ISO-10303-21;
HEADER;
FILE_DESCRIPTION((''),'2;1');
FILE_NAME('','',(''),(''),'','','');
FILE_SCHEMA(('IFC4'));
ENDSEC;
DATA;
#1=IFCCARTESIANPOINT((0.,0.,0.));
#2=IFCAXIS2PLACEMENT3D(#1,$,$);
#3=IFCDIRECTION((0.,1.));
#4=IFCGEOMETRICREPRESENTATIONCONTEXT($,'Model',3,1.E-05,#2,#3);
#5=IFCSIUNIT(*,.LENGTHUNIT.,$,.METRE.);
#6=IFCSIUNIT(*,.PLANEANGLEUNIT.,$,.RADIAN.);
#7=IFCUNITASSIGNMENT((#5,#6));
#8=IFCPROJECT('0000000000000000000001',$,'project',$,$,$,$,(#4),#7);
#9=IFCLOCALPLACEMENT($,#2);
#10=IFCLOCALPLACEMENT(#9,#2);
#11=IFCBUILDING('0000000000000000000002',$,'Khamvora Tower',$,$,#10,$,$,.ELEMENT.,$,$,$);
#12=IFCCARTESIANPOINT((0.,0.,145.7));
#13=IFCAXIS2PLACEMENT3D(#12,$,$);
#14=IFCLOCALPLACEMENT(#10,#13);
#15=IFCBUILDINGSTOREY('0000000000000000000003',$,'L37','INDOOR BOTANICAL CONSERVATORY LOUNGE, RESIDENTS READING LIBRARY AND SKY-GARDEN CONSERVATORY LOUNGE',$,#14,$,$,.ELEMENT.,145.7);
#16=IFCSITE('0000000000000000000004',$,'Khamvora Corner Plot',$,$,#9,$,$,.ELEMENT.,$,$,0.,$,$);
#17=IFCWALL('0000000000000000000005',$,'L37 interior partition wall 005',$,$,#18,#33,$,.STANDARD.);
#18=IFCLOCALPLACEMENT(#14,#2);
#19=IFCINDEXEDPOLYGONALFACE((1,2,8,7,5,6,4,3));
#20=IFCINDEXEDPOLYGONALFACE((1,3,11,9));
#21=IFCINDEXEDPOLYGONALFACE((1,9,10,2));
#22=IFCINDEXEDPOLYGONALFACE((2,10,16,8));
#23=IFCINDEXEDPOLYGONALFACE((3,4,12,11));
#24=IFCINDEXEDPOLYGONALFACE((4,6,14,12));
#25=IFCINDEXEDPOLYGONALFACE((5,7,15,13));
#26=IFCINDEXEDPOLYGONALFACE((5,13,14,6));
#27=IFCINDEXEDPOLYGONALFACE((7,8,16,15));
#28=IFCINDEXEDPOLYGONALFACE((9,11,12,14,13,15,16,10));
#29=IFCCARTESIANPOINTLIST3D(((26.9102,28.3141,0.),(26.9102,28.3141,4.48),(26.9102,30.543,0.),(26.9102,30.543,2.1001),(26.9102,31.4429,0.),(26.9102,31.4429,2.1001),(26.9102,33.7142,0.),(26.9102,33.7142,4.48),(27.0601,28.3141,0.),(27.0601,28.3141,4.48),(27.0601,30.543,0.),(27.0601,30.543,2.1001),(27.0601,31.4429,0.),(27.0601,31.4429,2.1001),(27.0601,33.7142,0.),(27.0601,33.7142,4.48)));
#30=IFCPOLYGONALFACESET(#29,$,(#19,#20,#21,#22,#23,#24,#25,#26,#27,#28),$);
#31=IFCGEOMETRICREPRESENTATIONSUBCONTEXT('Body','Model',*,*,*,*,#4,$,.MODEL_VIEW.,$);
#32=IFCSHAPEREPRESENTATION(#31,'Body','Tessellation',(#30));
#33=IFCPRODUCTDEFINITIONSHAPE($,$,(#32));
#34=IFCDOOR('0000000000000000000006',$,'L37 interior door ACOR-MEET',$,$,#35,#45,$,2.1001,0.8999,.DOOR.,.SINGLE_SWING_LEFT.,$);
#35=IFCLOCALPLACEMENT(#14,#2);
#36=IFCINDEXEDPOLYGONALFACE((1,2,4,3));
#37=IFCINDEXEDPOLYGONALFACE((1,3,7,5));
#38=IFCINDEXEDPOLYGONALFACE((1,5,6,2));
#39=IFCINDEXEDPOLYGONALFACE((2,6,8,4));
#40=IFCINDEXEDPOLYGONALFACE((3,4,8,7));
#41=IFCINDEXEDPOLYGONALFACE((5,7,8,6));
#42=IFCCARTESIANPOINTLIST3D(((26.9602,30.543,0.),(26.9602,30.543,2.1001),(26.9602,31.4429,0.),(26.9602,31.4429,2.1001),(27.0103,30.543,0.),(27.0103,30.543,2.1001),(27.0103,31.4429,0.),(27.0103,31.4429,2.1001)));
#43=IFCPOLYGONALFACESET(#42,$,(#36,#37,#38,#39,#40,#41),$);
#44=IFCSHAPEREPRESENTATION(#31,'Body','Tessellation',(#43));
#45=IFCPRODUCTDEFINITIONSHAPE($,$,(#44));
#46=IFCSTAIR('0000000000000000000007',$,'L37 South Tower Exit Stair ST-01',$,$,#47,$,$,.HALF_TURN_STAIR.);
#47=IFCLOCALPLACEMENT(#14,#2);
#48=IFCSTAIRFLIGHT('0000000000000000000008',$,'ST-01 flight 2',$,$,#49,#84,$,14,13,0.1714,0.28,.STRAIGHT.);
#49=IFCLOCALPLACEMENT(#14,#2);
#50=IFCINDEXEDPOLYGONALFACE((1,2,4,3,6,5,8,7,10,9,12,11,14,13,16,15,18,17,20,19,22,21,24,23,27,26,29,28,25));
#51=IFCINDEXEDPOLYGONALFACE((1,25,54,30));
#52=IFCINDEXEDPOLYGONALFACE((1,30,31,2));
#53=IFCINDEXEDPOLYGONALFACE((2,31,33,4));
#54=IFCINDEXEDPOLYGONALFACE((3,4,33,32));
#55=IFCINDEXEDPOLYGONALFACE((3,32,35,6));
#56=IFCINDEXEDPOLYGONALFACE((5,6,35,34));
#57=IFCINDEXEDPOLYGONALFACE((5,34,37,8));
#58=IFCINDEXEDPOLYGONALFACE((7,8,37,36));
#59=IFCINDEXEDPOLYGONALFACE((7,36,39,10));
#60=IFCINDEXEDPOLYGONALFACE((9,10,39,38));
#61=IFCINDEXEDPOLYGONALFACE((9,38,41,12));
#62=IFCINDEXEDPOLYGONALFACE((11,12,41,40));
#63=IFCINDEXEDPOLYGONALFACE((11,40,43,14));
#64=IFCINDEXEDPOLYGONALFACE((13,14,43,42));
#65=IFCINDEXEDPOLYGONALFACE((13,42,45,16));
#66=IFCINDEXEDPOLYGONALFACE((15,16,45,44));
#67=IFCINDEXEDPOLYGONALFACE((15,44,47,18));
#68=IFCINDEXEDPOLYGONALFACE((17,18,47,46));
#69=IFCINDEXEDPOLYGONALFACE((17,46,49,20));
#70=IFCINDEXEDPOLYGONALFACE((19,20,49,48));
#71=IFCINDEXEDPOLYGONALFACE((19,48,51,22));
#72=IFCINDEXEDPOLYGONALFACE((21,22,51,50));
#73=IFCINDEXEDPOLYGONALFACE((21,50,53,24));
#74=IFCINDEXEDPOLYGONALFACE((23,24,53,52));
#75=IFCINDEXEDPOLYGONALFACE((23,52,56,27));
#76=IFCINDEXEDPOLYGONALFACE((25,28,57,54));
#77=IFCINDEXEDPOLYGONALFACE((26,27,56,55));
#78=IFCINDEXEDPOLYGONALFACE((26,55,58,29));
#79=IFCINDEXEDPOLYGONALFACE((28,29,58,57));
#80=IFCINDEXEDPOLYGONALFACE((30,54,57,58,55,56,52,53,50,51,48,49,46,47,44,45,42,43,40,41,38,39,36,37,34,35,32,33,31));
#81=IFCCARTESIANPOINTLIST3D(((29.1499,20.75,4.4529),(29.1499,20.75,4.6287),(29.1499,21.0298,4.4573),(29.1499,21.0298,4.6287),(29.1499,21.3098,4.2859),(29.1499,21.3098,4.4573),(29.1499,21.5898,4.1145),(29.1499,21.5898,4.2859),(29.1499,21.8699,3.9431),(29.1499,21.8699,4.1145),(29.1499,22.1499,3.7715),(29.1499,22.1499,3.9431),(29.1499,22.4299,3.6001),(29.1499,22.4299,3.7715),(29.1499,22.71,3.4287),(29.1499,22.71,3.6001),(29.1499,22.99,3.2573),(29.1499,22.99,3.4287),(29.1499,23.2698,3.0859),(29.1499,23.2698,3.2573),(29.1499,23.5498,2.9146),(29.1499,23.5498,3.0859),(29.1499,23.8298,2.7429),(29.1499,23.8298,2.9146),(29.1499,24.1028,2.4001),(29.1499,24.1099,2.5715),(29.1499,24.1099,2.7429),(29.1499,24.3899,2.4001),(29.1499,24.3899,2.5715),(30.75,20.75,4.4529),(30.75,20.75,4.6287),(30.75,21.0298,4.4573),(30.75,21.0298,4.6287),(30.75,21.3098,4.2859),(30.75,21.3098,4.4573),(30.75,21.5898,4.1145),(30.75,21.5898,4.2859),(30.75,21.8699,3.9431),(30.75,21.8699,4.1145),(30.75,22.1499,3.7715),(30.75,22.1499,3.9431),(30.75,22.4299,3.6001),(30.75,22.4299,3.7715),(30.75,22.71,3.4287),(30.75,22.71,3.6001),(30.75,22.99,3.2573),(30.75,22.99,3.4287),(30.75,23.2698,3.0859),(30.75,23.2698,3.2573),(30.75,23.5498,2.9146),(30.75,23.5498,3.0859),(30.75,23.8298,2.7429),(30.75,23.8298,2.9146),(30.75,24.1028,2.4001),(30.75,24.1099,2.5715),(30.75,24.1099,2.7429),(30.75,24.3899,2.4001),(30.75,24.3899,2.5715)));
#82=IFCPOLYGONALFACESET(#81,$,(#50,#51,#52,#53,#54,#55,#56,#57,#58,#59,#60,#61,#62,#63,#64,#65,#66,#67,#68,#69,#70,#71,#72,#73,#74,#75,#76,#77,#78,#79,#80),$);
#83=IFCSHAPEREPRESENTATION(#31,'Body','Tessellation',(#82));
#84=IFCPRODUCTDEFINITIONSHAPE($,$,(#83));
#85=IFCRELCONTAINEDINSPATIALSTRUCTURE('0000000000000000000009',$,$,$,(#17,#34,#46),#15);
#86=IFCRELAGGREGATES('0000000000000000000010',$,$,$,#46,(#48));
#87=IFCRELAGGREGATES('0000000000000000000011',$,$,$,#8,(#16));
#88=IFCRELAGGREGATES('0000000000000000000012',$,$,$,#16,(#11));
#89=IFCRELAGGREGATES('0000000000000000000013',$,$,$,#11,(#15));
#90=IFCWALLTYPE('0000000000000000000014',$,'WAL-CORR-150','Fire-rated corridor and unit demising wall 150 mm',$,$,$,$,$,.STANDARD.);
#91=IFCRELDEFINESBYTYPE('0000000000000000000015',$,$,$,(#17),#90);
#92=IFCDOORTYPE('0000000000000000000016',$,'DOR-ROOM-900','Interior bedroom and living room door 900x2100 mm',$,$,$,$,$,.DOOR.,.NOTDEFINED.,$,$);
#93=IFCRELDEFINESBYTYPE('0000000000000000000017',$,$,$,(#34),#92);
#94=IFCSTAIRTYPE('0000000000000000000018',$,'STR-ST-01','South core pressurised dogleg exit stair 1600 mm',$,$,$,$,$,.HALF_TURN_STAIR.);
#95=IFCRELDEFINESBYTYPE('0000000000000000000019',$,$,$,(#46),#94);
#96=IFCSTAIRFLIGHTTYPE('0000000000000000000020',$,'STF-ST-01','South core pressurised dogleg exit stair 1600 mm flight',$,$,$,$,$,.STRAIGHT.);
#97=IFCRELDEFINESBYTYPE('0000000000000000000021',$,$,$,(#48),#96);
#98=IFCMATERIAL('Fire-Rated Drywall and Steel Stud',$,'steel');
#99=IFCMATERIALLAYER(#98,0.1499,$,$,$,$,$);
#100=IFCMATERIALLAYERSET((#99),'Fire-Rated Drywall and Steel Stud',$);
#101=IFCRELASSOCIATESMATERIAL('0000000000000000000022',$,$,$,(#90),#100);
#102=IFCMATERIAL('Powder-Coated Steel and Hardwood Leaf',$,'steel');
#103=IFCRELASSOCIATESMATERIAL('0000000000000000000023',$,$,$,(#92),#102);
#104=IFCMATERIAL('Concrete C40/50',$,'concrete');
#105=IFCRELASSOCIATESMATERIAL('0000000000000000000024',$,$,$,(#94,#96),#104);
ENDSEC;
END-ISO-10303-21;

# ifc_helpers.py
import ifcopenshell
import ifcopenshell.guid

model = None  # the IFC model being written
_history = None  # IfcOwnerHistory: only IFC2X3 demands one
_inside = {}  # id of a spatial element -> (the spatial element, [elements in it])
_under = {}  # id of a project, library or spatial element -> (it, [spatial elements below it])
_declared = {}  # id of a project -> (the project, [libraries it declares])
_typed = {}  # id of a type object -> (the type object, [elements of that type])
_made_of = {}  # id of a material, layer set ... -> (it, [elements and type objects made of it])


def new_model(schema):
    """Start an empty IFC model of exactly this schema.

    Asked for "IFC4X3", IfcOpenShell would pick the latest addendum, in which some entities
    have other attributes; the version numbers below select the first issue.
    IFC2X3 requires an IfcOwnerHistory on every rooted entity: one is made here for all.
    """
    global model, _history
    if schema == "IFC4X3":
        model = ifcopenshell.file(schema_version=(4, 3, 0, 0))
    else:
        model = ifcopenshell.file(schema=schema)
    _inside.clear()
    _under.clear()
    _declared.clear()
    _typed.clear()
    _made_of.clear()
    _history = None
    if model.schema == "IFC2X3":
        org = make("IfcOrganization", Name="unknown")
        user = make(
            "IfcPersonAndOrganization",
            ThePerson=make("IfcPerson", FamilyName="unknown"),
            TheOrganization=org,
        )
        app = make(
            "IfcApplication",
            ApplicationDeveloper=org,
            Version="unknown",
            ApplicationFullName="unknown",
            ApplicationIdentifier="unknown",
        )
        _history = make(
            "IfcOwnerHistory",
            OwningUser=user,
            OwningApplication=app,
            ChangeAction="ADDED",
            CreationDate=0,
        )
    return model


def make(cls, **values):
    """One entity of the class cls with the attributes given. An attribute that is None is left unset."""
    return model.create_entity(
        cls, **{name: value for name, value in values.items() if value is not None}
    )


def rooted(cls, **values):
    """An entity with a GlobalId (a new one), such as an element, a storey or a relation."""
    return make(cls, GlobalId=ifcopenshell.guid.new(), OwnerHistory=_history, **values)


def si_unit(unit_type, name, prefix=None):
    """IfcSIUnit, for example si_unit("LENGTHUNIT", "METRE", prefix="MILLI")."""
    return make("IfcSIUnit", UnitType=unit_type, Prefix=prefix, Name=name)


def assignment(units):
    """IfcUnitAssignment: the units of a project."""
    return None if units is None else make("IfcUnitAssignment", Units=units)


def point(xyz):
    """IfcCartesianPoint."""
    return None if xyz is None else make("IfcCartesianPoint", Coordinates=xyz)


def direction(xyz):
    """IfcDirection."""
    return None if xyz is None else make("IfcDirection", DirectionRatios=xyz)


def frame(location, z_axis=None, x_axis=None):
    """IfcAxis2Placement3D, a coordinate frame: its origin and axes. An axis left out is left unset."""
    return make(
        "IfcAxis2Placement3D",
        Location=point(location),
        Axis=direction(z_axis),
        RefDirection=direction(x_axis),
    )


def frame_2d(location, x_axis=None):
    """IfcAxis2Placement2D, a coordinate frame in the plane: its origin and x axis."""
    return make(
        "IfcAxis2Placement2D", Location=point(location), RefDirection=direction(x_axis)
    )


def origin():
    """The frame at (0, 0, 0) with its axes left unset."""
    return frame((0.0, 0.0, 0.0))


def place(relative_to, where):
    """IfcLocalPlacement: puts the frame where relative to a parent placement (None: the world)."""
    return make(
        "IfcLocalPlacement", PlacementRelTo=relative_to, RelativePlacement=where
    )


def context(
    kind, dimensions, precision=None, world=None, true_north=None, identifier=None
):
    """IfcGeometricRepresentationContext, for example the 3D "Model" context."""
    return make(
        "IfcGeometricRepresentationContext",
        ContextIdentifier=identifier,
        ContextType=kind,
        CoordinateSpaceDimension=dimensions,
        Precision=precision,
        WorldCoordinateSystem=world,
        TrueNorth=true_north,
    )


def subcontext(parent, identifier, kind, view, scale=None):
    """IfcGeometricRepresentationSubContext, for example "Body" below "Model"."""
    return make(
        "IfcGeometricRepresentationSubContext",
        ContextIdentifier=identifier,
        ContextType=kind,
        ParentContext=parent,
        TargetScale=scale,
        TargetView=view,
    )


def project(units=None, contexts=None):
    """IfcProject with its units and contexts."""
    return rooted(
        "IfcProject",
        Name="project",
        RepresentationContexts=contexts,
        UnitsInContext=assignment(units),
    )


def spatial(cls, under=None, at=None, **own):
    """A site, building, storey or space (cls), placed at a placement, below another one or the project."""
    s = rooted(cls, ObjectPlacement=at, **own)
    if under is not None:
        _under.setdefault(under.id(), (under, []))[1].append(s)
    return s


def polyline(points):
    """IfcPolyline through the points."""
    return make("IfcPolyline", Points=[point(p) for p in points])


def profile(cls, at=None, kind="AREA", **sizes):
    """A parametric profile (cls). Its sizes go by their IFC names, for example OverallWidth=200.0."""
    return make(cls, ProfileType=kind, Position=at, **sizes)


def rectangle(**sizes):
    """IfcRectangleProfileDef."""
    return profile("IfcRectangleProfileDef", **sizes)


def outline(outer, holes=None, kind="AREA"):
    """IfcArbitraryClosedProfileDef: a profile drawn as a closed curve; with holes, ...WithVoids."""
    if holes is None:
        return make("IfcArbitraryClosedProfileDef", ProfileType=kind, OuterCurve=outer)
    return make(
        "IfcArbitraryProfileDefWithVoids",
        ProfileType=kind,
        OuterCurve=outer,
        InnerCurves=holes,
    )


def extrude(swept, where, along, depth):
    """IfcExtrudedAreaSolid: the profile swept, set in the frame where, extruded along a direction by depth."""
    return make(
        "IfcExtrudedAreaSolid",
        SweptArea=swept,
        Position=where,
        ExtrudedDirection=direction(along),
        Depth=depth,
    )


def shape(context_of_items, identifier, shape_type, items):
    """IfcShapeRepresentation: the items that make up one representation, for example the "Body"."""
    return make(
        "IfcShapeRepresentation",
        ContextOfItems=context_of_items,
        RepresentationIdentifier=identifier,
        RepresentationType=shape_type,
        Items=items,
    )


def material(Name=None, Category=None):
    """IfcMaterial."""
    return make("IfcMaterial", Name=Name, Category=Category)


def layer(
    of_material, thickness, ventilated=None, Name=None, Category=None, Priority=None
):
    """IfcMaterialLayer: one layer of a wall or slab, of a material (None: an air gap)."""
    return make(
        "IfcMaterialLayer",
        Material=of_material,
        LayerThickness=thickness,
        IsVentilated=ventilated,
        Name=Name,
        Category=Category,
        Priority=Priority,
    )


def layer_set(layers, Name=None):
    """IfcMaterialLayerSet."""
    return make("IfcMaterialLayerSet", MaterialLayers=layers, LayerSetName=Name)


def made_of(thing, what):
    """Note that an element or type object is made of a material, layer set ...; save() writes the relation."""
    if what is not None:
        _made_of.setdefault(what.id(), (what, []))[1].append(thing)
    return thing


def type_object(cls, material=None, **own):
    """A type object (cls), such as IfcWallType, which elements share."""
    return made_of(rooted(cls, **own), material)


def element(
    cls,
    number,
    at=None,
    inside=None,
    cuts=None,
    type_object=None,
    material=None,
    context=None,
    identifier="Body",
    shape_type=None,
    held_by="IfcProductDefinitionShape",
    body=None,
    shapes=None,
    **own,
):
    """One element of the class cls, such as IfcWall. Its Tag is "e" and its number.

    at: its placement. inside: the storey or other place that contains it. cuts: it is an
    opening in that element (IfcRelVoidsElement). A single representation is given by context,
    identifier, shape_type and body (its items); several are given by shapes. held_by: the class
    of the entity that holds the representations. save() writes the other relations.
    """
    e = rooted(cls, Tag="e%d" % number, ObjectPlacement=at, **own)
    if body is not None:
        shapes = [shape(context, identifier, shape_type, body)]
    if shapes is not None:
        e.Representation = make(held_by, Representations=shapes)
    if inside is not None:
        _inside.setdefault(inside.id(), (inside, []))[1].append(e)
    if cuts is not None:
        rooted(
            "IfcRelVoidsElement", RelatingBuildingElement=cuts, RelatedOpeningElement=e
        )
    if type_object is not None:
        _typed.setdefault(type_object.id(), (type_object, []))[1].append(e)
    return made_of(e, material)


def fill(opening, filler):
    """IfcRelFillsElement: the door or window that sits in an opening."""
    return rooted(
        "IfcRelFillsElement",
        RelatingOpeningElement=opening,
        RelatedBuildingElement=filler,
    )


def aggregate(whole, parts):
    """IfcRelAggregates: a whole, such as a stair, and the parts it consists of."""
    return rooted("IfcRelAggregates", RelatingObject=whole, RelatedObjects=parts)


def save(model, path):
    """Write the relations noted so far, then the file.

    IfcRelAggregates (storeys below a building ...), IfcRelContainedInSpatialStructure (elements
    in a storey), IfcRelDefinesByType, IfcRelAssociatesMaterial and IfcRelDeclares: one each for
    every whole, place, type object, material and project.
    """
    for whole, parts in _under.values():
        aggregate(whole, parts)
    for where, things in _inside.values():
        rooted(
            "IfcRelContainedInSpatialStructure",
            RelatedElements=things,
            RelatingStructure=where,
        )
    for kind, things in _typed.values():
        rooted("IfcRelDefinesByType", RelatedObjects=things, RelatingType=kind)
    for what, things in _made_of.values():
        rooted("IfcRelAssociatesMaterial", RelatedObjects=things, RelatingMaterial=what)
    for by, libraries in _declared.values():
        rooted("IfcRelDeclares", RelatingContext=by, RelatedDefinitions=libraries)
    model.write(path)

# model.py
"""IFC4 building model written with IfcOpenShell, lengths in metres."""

from ifc_helpers import new_model, si_unit, direction, frame, frame_2d, origin, place, context, subcontext, project, spatial, polyline, rectangle, outline, extrude, material, layer, layer_set, type_object, element, fill, aggregate, save


model = new_model("IFC4")

# Units and contexts
model_context = context("Model", 3, precision=1e-05, world=origin(), true_north=direction((0.0, 1.0)))
body_context = subcontext(model_context, "Body", "Model", "MODEL_VIEW")
ifc_project = project(units=[si_unit("LENGTHUNIT", "METRE"), si_unit("PLANEANGLEUNIT", "RADIAN")], contexts=[model_context])

# Site, building, storey
site_placement = place(None, origin())
site = spatial("IfcSite", under=ifc_project, at=site_placement, Name="Khamvora Corner Plot", CompositionType="ELEMENT", RefElevation=0.0)
building_placement = place(site_placement, origin())
building = spatial("IfcBuilding", under=site, at=building_placement, Name="Khamvora Tower", CompositionType="ELEMENT")
storey_placement = place(building_placement, frame((0.0, 0.0, 145.7)))
storey = spatial("IfcBuildingStorey", under=building, at=storey_placement, Name="L37", Description="INDOOR BOTANICAL CONSERVATORY LOUNGE, RESIDENTS READING LIBRARY AND SKY-GARDEN CONSERVATORY LOUNGE", CompositionType="ELEMENT", Elevation=145.7)

# Wall, opening, door
ifc_material_1 = material(Name="Fire-Rated Drywall and Steel Stud", Category="steel")
ifc_layer_1 = layer(ifc_material_1, 0.1499)
ifc_layer_set_1 = layer_set([ifc_layer_1], Name="Fire-Rated Drywall and Steel Stud")
wall_type_1 = type_object("IfcWallType", Name="WAL-CORR-150", Description="Fire-rated corridor and unit demising wall 150 mm", PredefinedType="STANDARD", material=ifc_layer_set_1)
wall_1_placement = place(storey_placement, frame((26.9851, 28.314, 0.0), z_axis=(0.0, 0.0, 1.0), x_axis=(0.0, 1.0, 0.0)))
wall_1 = element("IfcWall", 1, at=wall_1_placement, inside=storey, type_object=wall_type_1, Name="L37 interior partition wall 005", PredefinedType="STANDARD", context=body_context, shape_type="SweptSolid", body=[
    extrude(rectangle(XDim=5.4001, YDim=0.1499, at=frame_2d((2.7002, 0.0))), origin(), (0.0, 0.0, 1.0), 4.48),
])
opening_placement = place(wall_1_placement, frame((2.229, 0.0, 0.0)))
opening = element("IfcOpeningElement", 2, at=opening_placement, cuts=wall_1, PredefinedType="OPENING", context=body_context, shape_type="SweptSolid", body=[
    extrude(rectangle(XDim=0.8999, YDim=2.1001, at=frame_2d((0.45, 1.05))), frame((0.0, 0.085, 0.0), z_axis=(0.0, -1.0, 0.0), x_axis=(1.0, 0.0, 0.0)), (0.0, 0.0, 1.0), 0.1699),
])
ifc_material_2 = material(Name="Powder-Coated Steel and Hardwood Leaf", Category="steel")
door_type = type_object("IfcDoorType", Name="DOR-ROOM-900", Description="Interior bedroom and living room door 900x2100 mm", OperationType="NOTDEFINED", PredefinedType="DOOR", material=ifc_material_2)
door_placement = place(opening_placement, origin())
door = element("IfcDoor", 3, at=door_placement, inside=storey, type_object=door_type, Name="L37 interior door ACOR-MEET", OperationType="SINGLE_SWING_LEFT", OverallHeight=2.1001, OverallWidth=0.8999, PredefinedType="DOOR", context=body_context, shape_type="SweptSolid", body=[
    extrude(rectangle(XDim=0.8999, YDim=2.1001, at=frame_2d((0.45, 1.05))), frame((0.0, 0.0249, 0.0), z_axis=(0.0, -1.0, 0.0), x_axis=(1.0, 0.0, 0.0)), (0.0, 0.0, 1.0), 0.05),
])
fill(opening, door)

# Stair, stair flight
ifc_material_3 = material(Name="Concrete C40/50", Category="concrete")
stair_type = type_object("IfcStairType", Name="STR-ST-01", Description="South core pressurised dogleg exit stair 1600 mm", PredefinedType="HALF_TURN_STAIR", material=ifc_material_3)
stair_placement = place(storey_placement, origin())
stair = element("IfcStair", 4, at=stair_placement, inside=storey, type_object=stair_type, Name="L37 South Tower Exit Stair ST-01", PredefinedType="HALF_TURN_STAIR")
stair_flight_type = type_object("IfcStairFlightType", Name="STF-ST-01", Description="South core pressurised dogleg exit stair 1600 mm flight", PredefinedType="STRAIGHT", material=ifc_material_3)
stair_flight_placement = place(storey_placement, frame((29.95, 24.3899, 2.4001), z_axis=(0.0, 0.0, 1.0), x_axis=(0.0, -1.0, 0.0)))
stair_flight = element("IfcStairFlight", 5, at=stair_flight_placement, type_object=stair_flight_type, Name="ST-01 flight 2", NumberOfRisers=14, NumberOfTreads=13, PredefinedType="STRAIGHT", RiserHeight=0.1714, TreadLength=0.28, context=body_context, shape_type="SweptSolid", body=[
    extrude(outline(polyline([(0.0, 0.0), (0.0, 0.1714), (0.28, 0.1714), (0.28, 0.3428), (0.5601, 0.3428), (0.5601, 0.5144), (0.8401, 0.5144), (0.8401, 0.6858), (1.1201, 0.6858), (1.1201, 0.8572), (1.3999, 0.8572), (1.3999, 1.0286), (1.6799, 1.0286), (1.6799, 1.2), (1.96, 1.2), (1.96, 1.3713), (2.24, 1.3713), (2.24, 1.543), (2.52, 1.543), (2.52, 1.7144), (2.8, 1.7144), (2.8, 1.8857), (3.0801, 1.8857), (3.0801, 2.0571), (3.3601, 2.0571), (3.3601, 2.2285), (3.6399, 2.2285), (3.6399, 2.3999), (3.6399, 2.0527), (0.2871, 0.0), (0.0, 0.0)])), frame((0.0, 0.8, 0.0), z_axis=(0.0, -1.0, 0.0), x_axis=(1.0, 0.0, 0.0)), (0.0, 0.0, 1.0), 1.6001),
])
aggregate(stair, [stair_flight])

save(model, "model.ifc")
